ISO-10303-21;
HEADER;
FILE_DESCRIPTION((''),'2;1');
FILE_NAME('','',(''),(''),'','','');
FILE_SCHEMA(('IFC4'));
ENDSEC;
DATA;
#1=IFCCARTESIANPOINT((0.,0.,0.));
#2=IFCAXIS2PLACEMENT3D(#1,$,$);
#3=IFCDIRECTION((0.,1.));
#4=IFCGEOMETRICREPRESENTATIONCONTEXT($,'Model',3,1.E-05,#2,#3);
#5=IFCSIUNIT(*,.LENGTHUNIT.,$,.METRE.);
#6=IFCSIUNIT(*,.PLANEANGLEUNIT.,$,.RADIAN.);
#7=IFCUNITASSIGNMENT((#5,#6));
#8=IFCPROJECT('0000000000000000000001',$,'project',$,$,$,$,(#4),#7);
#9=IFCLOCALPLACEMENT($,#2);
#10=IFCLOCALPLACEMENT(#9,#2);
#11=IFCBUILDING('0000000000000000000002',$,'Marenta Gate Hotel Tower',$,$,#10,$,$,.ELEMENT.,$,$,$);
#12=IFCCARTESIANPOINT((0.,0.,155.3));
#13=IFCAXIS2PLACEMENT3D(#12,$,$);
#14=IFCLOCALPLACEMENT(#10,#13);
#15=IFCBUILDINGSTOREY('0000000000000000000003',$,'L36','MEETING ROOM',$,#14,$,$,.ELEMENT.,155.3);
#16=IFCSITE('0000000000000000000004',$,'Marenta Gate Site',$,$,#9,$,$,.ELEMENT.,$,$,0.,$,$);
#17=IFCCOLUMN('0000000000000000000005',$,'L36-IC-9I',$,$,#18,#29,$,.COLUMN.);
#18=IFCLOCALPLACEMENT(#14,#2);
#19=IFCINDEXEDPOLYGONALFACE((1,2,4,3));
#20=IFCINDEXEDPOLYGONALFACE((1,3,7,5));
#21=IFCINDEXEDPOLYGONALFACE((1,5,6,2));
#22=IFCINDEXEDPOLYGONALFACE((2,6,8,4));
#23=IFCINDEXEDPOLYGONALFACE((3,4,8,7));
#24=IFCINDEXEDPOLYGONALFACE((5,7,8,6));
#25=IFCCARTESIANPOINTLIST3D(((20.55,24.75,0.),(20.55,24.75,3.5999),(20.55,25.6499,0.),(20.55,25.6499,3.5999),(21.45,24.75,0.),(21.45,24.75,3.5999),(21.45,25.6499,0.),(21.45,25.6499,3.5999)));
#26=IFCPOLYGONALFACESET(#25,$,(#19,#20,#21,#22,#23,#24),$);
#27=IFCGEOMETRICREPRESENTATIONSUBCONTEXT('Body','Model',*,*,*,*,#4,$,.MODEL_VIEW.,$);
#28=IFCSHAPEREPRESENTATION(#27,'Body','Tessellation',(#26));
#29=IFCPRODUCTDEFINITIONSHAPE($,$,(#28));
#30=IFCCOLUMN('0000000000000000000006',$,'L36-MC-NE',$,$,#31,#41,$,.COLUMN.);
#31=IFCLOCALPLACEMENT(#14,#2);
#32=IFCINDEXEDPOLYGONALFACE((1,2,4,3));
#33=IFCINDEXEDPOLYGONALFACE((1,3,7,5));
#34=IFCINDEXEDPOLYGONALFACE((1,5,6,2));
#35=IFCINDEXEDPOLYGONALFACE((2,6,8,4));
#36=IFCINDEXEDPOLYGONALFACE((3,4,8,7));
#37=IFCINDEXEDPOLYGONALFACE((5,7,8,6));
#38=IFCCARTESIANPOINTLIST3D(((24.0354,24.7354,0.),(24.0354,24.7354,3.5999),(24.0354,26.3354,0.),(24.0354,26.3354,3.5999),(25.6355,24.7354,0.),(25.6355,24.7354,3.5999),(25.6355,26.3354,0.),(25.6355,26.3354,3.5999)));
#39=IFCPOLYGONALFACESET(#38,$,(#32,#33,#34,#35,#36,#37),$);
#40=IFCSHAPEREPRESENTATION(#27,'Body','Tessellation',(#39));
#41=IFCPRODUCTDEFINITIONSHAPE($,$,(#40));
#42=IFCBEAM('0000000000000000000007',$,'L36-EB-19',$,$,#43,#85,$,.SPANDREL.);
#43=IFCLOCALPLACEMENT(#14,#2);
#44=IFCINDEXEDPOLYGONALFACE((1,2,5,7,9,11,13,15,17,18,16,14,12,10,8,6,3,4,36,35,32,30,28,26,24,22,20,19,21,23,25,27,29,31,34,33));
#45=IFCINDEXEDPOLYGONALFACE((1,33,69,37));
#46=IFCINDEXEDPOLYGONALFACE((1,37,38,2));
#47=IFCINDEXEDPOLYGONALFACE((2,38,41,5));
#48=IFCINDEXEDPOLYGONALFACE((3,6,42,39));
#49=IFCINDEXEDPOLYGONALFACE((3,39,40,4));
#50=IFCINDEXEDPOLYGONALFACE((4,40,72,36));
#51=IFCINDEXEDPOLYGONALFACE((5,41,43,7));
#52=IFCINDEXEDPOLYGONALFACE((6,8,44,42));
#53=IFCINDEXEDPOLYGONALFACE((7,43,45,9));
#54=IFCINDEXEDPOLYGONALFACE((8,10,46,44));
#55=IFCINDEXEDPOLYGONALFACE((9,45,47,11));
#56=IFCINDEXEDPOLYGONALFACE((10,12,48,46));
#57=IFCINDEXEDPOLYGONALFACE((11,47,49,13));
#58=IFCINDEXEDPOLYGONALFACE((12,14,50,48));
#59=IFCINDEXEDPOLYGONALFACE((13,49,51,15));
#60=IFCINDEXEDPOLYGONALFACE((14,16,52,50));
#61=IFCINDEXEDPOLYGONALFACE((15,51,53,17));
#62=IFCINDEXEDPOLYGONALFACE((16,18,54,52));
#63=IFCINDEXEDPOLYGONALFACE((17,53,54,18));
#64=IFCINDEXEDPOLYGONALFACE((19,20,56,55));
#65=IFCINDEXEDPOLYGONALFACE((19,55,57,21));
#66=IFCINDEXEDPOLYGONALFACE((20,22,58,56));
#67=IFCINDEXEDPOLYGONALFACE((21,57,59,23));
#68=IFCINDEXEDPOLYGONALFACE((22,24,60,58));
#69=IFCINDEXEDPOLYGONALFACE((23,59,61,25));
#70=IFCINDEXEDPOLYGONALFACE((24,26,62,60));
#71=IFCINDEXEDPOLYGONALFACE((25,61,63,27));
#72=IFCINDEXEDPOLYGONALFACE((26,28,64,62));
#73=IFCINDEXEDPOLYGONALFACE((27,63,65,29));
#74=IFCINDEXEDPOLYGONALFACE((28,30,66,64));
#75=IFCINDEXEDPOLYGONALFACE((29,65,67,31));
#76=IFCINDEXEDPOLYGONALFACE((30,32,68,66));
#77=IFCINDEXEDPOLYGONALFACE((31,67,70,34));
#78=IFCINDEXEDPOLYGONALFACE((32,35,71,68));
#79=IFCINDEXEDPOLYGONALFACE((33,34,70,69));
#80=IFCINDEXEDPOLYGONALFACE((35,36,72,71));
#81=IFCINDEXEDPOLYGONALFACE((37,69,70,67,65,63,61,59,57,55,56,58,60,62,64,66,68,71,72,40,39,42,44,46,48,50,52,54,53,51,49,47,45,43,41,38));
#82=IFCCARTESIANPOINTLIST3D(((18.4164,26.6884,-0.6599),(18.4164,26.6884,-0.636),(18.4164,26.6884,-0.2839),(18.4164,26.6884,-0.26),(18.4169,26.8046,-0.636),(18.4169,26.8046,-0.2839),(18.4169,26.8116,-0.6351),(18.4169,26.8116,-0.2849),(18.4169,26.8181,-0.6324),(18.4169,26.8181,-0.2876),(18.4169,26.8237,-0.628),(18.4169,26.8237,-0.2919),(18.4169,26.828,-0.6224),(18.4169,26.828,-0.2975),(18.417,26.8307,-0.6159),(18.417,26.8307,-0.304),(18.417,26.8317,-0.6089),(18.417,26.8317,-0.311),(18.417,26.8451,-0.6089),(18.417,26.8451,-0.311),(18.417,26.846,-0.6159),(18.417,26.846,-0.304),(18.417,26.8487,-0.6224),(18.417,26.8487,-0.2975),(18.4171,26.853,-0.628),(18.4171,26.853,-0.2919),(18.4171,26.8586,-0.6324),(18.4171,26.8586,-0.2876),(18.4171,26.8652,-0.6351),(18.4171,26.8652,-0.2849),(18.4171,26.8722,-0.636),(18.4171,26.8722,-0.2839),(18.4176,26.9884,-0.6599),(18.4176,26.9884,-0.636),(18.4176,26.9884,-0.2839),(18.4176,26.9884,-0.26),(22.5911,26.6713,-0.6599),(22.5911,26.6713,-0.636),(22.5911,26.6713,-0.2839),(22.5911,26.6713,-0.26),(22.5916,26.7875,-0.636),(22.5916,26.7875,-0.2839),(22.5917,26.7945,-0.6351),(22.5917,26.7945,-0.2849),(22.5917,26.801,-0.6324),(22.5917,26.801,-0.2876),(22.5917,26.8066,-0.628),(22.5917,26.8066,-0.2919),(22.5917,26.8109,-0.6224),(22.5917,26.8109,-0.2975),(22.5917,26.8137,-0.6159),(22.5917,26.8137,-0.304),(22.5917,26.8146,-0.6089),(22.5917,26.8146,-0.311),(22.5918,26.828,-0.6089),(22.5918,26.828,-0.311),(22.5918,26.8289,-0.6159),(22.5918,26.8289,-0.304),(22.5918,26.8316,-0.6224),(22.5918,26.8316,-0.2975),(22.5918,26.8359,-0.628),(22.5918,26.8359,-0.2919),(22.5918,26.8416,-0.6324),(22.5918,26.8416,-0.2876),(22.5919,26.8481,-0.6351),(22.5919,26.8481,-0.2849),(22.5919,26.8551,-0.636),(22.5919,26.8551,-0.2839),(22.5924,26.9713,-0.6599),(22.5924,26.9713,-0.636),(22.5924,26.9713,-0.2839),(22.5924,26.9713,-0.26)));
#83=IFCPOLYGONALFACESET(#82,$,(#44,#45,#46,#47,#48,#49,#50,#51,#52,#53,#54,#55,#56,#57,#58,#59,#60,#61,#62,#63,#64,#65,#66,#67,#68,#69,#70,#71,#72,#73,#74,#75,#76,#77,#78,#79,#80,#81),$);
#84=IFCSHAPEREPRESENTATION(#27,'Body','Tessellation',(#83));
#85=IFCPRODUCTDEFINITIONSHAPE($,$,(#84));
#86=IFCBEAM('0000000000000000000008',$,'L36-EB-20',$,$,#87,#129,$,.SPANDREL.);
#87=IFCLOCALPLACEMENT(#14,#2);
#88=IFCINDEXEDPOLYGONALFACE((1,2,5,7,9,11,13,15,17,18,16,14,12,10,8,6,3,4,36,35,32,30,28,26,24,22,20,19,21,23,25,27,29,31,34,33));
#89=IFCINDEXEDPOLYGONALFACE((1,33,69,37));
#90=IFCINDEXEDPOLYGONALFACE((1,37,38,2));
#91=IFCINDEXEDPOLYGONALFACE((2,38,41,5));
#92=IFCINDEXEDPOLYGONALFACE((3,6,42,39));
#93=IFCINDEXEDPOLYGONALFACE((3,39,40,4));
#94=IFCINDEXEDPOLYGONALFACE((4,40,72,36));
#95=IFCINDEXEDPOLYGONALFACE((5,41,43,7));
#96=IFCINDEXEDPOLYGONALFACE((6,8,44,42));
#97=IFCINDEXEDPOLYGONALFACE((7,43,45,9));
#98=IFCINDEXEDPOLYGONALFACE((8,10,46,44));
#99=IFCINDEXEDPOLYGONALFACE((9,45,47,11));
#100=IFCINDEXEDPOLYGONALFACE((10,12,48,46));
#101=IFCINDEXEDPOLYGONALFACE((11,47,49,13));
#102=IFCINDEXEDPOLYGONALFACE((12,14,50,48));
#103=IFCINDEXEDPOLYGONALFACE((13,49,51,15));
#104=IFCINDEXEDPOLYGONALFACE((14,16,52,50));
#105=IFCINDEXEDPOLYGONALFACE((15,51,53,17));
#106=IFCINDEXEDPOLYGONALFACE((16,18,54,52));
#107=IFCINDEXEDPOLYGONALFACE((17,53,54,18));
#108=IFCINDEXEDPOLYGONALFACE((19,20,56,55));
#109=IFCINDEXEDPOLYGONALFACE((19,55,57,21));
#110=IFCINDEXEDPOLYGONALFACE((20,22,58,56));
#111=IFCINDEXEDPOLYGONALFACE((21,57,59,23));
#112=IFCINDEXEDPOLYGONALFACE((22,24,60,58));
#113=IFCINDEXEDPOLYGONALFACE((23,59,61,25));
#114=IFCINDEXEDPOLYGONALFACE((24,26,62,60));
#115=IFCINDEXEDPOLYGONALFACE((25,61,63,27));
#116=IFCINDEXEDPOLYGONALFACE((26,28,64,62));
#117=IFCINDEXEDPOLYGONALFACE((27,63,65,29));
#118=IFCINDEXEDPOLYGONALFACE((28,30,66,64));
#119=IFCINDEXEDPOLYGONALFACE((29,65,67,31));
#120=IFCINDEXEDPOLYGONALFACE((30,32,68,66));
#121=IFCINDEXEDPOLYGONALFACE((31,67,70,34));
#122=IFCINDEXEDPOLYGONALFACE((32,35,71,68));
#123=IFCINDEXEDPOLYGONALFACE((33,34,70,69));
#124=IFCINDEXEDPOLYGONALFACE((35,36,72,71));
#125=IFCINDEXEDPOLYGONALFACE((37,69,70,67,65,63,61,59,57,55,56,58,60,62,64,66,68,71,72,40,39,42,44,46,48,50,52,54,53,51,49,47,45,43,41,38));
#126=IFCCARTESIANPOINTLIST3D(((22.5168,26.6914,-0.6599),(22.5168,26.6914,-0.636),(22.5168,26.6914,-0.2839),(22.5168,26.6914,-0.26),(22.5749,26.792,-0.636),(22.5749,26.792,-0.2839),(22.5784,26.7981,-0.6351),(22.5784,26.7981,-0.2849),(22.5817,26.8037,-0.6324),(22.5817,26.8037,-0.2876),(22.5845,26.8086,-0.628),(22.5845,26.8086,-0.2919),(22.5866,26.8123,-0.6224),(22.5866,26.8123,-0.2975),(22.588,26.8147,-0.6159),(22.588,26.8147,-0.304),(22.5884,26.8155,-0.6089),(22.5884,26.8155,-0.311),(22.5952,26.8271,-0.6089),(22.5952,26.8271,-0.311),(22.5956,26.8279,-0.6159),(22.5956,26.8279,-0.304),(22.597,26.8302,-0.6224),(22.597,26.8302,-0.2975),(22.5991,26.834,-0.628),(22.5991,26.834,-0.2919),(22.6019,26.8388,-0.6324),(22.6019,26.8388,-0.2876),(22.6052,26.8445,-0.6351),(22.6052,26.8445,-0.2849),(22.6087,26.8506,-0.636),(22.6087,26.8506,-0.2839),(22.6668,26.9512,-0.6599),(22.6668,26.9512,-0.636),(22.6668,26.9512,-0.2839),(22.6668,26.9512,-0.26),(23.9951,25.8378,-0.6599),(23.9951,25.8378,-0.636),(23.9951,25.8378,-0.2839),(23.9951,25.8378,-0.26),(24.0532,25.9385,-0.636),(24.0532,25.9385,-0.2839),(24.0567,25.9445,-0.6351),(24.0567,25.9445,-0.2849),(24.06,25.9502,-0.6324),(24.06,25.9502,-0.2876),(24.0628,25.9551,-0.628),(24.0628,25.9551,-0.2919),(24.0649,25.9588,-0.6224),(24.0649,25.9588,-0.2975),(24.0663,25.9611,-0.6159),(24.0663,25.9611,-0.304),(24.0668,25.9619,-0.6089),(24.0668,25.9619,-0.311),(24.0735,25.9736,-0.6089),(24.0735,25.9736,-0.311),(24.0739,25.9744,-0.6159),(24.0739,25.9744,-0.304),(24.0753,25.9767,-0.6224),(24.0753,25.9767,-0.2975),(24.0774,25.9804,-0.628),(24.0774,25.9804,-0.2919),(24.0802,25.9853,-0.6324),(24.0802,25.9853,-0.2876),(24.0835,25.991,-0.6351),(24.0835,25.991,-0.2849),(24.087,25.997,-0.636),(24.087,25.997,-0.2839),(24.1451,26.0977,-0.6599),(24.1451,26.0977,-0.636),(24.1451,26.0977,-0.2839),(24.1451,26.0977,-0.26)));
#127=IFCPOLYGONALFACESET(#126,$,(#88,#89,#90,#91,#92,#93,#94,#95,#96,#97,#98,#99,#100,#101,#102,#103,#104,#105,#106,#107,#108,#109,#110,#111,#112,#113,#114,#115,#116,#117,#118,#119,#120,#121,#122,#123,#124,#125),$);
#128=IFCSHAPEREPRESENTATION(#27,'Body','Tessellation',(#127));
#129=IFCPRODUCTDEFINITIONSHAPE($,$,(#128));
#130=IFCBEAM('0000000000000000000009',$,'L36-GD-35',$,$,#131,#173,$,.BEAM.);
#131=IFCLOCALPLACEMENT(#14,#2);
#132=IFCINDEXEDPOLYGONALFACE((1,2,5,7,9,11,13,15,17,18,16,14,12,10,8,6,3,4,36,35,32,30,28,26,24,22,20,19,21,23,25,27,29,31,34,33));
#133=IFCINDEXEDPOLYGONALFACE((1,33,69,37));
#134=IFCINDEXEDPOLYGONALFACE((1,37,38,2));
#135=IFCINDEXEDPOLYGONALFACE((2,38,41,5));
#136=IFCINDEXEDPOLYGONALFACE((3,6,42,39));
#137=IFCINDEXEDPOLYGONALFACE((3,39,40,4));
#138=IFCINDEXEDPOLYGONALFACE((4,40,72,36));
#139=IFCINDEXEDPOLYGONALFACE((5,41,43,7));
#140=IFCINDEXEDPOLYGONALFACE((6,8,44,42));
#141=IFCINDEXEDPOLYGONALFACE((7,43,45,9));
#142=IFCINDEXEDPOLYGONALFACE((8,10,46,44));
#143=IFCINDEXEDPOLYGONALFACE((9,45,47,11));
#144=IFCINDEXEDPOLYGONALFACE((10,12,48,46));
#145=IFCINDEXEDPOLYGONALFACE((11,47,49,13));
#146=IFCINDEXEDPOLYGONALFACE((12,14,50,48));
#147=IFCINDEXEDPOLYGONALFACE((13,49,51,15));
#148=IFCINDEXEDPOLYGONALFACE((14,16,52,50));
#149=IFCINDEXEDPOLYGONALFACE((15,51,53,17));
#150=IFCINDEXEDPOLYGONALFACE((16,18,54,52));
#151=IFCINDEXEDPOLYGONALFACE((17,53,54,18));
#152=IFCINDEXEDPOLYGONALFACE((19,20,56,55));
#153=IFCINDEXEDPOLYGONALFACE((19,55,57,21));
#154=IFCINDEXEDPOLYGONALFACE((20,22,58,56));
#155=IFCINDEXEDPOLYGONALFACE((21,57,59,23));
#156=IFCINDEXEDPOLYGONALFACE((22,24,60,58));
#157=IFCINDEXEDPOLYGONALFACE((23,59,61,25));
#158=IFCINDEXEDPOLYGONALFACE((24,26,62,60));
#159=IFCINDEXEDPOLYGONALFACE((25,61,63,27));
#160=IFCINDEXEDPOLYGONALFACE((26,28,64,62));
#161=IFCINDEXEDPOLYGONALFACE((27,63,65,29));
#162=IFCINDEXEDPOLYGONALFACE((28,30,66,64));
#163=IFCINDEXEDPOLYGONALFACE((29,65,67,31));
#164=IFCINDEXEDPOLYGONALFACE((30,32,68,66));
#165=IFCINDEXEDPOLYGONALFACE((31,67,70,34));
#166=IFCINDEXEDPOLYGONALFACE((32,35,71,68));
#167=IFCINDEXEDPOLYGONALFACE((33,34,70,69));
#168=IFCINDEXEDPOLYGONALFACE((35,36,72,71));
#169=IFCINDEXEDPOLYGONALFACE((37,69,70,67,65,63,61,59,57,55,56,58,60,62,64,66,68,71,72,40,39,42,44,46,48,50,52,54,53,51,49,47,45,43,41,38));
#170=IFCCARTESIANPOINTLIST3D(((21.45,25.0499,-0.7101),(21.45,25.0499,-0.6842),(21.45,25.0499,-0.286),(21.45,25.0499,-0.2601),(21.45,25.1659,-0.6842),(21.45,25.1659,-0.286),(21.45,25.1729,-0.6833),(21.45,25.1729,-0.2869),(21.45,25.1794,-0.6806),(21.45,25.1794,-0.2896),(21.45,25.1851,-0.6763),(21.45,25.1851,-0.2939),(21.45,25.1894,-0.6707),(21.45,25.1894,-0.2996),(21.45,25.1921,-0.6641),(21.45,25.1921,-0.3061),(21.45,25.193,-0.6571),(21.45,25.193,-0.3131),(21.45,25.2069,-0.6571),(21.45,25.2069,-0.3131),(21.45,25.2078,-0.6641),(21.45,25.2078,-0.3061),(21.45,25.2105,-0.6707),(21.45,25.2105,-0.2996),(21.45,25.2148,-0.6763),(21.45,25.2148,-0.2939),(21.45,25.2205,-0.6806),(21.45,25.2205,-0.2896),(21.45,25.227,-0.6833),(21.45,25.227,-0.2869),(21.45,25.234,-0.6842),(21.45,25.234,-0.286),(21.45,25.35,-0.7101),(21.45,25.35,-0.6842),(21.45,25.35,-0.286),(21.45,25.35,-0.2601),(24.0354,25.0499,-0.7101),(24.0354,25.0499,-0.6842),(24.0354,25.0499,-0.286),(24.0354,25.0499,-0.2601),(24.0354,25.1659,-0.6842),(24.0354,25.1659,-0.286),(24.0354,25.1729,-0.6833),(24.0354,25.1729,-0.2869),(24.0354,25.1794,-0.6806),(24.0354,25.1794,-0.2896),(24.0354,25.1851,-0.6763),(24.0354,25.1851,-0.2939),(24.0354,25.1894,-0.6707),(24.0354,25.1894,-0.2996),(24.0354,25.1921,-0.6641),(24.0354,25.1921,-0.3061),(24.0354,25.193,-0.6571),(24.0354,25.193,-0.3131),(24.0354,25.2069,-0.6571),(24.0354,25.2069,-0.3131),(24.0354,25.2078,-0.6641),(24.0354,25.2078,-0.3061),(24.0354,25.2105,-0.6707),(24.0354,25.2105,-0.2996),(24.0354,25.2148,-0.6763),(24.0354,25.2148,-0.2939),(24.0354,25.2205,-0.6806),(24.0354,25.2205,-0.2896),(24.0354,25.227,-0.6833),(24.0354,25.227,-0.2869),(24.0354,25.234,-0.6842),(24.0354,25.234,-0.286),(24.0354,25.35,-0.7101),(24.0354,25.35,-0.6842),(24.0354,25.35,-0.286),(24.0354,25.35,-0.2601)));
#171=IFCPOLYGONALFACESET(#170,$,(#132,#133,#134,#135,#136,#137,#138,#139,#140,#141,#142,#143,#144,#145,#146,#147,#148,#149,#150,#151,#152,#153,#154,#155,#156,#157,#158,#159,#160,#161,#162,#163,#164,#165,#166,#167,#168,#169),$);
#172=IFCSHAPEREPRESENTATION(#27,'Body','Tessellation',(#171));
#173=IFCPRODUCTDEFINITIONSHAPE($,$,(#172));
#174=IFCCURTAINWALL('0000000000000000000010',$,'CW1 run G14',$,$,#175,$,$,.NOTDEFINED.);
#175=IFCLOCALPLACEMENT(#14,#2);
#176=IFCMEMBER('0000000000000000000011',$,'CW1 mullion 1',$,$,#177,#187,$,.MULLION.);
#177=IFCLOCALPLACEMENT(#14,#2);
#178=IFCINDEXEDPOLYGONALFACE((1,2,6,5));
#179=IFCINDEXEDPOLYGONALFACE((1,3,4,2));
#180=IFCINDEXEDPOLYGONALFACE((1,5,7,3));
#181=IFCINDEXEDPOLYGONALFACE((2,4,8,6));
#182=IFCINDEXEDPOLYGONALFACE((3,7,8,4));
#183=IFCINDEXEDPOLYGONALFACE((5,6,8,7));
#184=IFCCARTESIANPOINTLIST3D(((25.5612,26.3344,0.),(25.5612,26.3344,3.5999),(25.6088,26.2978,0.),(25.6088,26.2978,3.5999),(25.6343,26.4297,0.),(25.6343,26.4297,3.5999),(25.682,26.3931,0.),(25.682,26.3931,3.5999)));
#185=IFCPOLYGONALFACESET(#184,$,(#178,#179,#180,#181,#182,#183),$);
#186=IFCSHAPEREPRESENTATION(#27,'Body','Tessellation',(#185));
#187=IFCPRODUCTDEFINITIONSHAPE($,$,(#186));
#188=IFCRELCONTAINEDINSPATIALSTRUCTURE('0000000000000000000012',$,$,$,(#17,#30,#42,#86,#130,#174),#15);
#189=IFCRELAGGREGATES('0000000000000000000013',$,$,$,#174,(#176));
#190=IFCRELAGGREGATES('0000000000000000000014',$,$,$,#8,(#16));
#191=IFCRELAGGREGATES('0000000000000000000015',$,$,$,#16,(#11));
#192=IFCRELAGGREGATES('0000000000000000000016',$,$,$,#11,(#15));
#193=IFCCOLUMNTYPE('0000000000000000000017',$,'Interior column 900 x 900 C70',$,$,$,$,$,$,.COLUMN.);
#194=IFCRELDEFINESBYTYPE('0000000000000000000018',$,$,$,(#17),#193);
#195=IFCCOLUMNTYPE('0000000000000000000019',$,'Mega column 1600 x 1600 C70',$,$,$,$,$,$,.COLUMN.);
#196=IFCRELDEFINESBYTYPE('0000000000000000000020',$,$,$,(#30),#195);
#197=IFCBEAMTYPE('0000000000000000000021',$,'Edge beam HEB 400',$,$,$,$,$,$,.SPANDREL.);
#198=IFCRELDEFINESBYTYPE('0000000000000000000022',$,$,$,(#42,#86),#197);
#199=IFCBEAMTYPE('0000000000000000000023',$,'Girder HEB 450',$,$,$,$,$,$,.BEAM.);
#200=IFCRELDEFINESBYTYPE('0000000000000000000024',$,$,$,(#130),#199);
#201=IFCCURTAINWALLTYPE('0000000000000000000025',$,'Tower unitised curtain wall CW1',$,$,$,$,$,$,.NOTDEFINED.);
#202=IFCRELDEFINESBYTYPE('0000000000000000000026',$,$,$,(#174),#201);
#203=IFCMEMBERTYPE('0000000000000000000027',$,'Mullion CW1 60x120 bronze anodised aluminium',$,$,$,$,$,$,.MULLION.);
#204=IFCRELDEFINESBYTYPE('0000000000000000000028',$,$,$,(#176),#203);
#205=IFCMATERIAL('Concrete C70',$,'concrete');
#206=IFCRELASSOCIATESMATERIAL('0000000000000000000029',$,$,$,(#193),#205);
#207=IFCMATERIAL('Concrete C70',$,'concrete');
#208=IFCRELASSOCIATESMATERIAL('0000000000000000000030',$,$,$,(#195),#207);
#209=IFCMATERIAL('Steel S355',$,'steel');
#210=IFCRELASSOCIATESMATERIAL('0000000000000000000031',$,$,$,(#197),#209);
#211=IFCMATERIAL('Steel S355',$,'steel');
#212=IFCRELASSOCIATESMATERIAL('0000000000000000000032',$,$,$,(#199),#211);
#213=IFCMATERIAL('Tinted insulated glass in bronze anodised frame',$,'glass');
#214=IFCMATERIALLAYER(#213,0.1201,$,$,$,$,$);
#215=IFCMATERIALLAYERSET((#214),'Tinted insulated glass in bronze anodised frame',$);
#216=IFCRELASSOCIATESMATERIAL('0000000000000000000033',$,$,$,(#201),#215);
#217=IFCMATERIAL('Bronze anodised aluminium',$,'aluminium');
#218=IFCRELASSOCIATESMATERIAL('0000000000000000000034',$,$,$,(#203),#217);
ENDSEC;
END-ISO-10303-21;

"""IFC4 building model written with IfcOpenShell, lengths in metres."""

from ifc_helpers import new_model, si_unit, direction, frame, origin, origin_2d, place, context, subcontext, project, spatial, rectangle, i_section, extrude, material, layer, layer_set, material_profile, profile_set, type_object, element, aggregate, save


model = new_model("IFC4")

# Units and contexts
model_context = context("Model", 3, precision=1e-05, world=origin(), true_north=direction((0.0, 1.0)))
body_context = subcontext(model_context, "Body", "Model", "MODEL_VIEW")
ifc_project = project(units=[si_unit("LENGTHUNIT", "METRE"), si_unit("PLANEANGLEUNIT", "RADIAN")], contexts=[model_context])

# Site, building, storey
site_placement = place(None, origin())
site = spatial("IfcSite", under=ifc_project, at=site_placement, Name="Marenta Gate Site", CompositionType="ELEMENT", RefElevation=0.0)
building_placement = place(site_placement, origin())
building = spatial("IfcBuilding", under=site, at=building_placement, Name="Marenta Gate Hotel Tower", CompositionType="ELEMENT")
storey_placement = place(building_placement, frame((0.0, 0.0, 155.3)))
storey = spatial("IfcBuildingStorey", under=building, at=storey_placement, Name="L36", Description="MEETING ROOM", CompositionType="ELEMENT", Elevation=155.3)

# Columns
ifc_material_1 = material(Name="Concrete C70", Category="concrete")
ifc_material_profile_1 = material_profile(ifc_material_1, rectangle(XDim=0.8999, YDim=0.8999, at=origin_2d()), Name="900 x 900")
ifc_profile_set_1 = profile_set([ifc_material_profile_1], Name="Concrete C70")
column_type_1 = type_object("IfcColumnType", Name="Interior column 900 x 900 C70", PredefinedType="COLUMN", material=ifc_profile_set_1)
column_1_placement = place(storey_placement, frame((21.0, 25.2, 0.0), z_axis=(0.0, 0.0, 1.0), x_axis=(1.0, 0.0, 0.0)))
element("IfcColumn", 1, at=column_1_placement, inside=storey, type_object=column_type_1, Name="L36-IC-9I", PredefinedType="COLUMN", context=body_context, shape_type="SweptSolid", body=[
    extrude(rectangle(XDim=0.8999, YDim=0.8999, at=origin_2d()), origin(), (0.0, 0.0, 1.0), 3.5999),
])
ifc_material_2 = material(Name="Concrete C70", Category="concrete")
ifc_material_profile_2 = material_profile(ifc_material_2, rectangle(XDim=1.6001, YDim=1.6001, at=origin_2d()), Name="1600 x 1600")
ifc_profile_set_2 = profile_set([ifc_material_profile_2], Name="Concrete C70")
column_type_2 = type_object("IfcColumnType", Name="Mega column 1600 x 1600 C70", PredefinedType="COLUMN", material=ifc_profile_set_2)
column_2_placement = place(storey_placement, frame((24.8354, 25.5354, 0.0), z_axis=(0.0, 0.0, 1.0), x_axis=(1.0, 0.0, 0.0)))
element("IfcColumn", 2, at=column_2_placement, inside=storey, type_object=column_type_2, Name="L36-MC-NE", PredefinedType="COLUMN", context=body_context, shape_type="SweptSolid", body=[
    extrude(rectangle(XDim=1.6001, YDim=1.6001, at=origin_2d()), origin(), (0.0, 0.0, 1.0), 3.5999),
])

# Beams
ifc_material_3 = material(Name="Steel S355", Category="steel")
ifc_material_profile_3 = material_profile(ifc_material_3, i_section(OverallWidth=0.3, OverallDepth=0.3999, WebThickness=0.0134, FlangeThickness=0.0239, FilletRadius=0.0271, at=origin_2d()), Name="HEB 400")
ifc_profile_set_3 = profile_set([ifc_material_profile_3], Name="Steel S355")
beam_type_1 = type_object("IfcBeamType", Name="Edge beam HEB 400", PredefinedType="SPANDREL", material=ifc_profile_set_3)
beam_1_placement = place(storey_placement, frame((18.417, 26.8384, -0.46), z_axis=(0.999992, -0.004094, 0.0), x_axis=(0.004094, 0.999992, 0.0)))
element("IfcBeam", 3, at=beam_1_placement, inside=storey, type_object=beam_type_1, Name="L36-EB-19", PredefinedType="SPANDREL", context=body_context, shape_type="SweptSolid", body=[
    extrude(i_section(OverallWidth=0.3, OverallDepth=0.3999, WebThickness=0.0134, FlangeThickness=0.0239, FilletRadius=0.0271, at=origin_2d()), origin(), (0.0, 0.0, 1.0), 4.1748),
])
beam_2_placement = place(storey_placement, frame((22.5918, 26.8213, -0.46), z_axis=(0.866016, -0.500015, 0.0), x_axis=(0.500015, 0.866016, 0.0)))
element("IfcBeam", 4, at=beam_2_placement, inside=storey, type_object=beam_type_1, Name="L36-EB-20", PredefinedType="SPANDREL", context=body_context, shape_type="SweptSolid", body=[
    extrude(i_section(OverallWidth=0.3, OverallDepth=0.3999, WebThickness=0.0134, FlangeThickness=0.0239, FilletRadius=0.0271, at=origin_2d()), origin(), (0.0, 0.0, 1.0), 1.707),
])
ifc_material_4 = material(Name="Steel S355", Category="steel")
ifc_material_profile_4 = material_profile(ifc_material_4, i_section(OverallWidth=0.3, OverallDepth=0.45, WebThickness=0.0139, FlangeThickness=0.0259, FilletRadius=0.0271, at=origin_2d()), Name="HEB 450")
ifc_profile_set_4 = profile_set([ifc_material_profile_4], Name="Steel S355")
beam_type_2 = type_object("IfcBeamType", Name="Girder HEB 450", PredefinedType="BEAM", material=ifc_profile_set_4)
beam_3_placement = place(storey_placement, frame((21.45, 25.2, -0.4851), z_axis=(1.0, 0.0, 0.0), x_axis=(0.0, 1.0, 0.0)))
element("IfcBeam", 5, at=beam_3_placement, inside=storey, type_object=beam_type_2, Name="L36-GD-35", PredefinedType="BEAM", context=body_context, shape_type="SweptSolid", body=[
    extrude(i_section(OverallWidth=0.3, OverallDepth=0.45, WebThickness=0.0139, FlangeThickness=0.0259, FilletRadius=0.0271, at=origin_2d()), origin(), (0.0, 0.0, 1.0), 2.5854),
])

# Curtain wall, member
ifc_material_5 = material(Name="Tinted insulated glass in bronze anodised frame", Category="glass")
ifc_layer_1 = layer(ifc_material_5, 0.1201)
ifc_layer_set_1 = layer_set([ifc_layer_1], Name="Tinted insulated glass in bronze anodised frame")
curtain_wall_type = type_object("IfcCurtainWallType", Name="Tower unitised curtain wall CW1", PredefinedType="NOTDEFINED", material=ifc_layer_set_1)
curtain_wall_1_placement = place(storey_placement, origin())
curtain_wall_1 = element("IfcCurtainWall", 6, at=curtain_wall_1_placement, inside=storey, type_object=curtain_wall_type, Name="CW1 run G14", PredefinedType="NOTDEFINED")
ifc_material_6 = material(Name="Bronze anodised aluminium", Category="aluminium")
ifc_material_profile_5 = material_profile(ifc_material_6, rectangle(XDim=0.1201, YDim=0.0601, at=origin_2d()), Name="Mullion CW1 60x120 bronze anodised aluminium")
ifc_profile_set_5 = profile_set([ifc_material_profile_5], Name="Bronze anodised aluminium")
member_type_1 = type_object("IfcMemberType", Name="Mullion CW1 60x120 bronze anodised aluminium", PredefinedType="MULLION", material=ifc_profile_set_5)
member_1_placement = place(storey_placement, frame((25.6216, 26.3638, 0.0), z_axis=(0.0, 0.0, 1.0), x_axis=(-0.608796, -0.793327, 0.0)))
member_1 = element("IfcMember", 7, at=member_1_placement, type_object=member_type_1, Name="CW1 mullion 1", PredefinedType="MULLION", context=body_context, shape_type="SweptSolid", body=[
    extrude(rectangle(XDim=0.1201, YDim=0.0601, at=origin_2d()), origin(), (0.0, 0.0, 1.0), 3.5999),
])

aggregate(curtain_wall_1, [member_1])

save(model, "model.ifc")
